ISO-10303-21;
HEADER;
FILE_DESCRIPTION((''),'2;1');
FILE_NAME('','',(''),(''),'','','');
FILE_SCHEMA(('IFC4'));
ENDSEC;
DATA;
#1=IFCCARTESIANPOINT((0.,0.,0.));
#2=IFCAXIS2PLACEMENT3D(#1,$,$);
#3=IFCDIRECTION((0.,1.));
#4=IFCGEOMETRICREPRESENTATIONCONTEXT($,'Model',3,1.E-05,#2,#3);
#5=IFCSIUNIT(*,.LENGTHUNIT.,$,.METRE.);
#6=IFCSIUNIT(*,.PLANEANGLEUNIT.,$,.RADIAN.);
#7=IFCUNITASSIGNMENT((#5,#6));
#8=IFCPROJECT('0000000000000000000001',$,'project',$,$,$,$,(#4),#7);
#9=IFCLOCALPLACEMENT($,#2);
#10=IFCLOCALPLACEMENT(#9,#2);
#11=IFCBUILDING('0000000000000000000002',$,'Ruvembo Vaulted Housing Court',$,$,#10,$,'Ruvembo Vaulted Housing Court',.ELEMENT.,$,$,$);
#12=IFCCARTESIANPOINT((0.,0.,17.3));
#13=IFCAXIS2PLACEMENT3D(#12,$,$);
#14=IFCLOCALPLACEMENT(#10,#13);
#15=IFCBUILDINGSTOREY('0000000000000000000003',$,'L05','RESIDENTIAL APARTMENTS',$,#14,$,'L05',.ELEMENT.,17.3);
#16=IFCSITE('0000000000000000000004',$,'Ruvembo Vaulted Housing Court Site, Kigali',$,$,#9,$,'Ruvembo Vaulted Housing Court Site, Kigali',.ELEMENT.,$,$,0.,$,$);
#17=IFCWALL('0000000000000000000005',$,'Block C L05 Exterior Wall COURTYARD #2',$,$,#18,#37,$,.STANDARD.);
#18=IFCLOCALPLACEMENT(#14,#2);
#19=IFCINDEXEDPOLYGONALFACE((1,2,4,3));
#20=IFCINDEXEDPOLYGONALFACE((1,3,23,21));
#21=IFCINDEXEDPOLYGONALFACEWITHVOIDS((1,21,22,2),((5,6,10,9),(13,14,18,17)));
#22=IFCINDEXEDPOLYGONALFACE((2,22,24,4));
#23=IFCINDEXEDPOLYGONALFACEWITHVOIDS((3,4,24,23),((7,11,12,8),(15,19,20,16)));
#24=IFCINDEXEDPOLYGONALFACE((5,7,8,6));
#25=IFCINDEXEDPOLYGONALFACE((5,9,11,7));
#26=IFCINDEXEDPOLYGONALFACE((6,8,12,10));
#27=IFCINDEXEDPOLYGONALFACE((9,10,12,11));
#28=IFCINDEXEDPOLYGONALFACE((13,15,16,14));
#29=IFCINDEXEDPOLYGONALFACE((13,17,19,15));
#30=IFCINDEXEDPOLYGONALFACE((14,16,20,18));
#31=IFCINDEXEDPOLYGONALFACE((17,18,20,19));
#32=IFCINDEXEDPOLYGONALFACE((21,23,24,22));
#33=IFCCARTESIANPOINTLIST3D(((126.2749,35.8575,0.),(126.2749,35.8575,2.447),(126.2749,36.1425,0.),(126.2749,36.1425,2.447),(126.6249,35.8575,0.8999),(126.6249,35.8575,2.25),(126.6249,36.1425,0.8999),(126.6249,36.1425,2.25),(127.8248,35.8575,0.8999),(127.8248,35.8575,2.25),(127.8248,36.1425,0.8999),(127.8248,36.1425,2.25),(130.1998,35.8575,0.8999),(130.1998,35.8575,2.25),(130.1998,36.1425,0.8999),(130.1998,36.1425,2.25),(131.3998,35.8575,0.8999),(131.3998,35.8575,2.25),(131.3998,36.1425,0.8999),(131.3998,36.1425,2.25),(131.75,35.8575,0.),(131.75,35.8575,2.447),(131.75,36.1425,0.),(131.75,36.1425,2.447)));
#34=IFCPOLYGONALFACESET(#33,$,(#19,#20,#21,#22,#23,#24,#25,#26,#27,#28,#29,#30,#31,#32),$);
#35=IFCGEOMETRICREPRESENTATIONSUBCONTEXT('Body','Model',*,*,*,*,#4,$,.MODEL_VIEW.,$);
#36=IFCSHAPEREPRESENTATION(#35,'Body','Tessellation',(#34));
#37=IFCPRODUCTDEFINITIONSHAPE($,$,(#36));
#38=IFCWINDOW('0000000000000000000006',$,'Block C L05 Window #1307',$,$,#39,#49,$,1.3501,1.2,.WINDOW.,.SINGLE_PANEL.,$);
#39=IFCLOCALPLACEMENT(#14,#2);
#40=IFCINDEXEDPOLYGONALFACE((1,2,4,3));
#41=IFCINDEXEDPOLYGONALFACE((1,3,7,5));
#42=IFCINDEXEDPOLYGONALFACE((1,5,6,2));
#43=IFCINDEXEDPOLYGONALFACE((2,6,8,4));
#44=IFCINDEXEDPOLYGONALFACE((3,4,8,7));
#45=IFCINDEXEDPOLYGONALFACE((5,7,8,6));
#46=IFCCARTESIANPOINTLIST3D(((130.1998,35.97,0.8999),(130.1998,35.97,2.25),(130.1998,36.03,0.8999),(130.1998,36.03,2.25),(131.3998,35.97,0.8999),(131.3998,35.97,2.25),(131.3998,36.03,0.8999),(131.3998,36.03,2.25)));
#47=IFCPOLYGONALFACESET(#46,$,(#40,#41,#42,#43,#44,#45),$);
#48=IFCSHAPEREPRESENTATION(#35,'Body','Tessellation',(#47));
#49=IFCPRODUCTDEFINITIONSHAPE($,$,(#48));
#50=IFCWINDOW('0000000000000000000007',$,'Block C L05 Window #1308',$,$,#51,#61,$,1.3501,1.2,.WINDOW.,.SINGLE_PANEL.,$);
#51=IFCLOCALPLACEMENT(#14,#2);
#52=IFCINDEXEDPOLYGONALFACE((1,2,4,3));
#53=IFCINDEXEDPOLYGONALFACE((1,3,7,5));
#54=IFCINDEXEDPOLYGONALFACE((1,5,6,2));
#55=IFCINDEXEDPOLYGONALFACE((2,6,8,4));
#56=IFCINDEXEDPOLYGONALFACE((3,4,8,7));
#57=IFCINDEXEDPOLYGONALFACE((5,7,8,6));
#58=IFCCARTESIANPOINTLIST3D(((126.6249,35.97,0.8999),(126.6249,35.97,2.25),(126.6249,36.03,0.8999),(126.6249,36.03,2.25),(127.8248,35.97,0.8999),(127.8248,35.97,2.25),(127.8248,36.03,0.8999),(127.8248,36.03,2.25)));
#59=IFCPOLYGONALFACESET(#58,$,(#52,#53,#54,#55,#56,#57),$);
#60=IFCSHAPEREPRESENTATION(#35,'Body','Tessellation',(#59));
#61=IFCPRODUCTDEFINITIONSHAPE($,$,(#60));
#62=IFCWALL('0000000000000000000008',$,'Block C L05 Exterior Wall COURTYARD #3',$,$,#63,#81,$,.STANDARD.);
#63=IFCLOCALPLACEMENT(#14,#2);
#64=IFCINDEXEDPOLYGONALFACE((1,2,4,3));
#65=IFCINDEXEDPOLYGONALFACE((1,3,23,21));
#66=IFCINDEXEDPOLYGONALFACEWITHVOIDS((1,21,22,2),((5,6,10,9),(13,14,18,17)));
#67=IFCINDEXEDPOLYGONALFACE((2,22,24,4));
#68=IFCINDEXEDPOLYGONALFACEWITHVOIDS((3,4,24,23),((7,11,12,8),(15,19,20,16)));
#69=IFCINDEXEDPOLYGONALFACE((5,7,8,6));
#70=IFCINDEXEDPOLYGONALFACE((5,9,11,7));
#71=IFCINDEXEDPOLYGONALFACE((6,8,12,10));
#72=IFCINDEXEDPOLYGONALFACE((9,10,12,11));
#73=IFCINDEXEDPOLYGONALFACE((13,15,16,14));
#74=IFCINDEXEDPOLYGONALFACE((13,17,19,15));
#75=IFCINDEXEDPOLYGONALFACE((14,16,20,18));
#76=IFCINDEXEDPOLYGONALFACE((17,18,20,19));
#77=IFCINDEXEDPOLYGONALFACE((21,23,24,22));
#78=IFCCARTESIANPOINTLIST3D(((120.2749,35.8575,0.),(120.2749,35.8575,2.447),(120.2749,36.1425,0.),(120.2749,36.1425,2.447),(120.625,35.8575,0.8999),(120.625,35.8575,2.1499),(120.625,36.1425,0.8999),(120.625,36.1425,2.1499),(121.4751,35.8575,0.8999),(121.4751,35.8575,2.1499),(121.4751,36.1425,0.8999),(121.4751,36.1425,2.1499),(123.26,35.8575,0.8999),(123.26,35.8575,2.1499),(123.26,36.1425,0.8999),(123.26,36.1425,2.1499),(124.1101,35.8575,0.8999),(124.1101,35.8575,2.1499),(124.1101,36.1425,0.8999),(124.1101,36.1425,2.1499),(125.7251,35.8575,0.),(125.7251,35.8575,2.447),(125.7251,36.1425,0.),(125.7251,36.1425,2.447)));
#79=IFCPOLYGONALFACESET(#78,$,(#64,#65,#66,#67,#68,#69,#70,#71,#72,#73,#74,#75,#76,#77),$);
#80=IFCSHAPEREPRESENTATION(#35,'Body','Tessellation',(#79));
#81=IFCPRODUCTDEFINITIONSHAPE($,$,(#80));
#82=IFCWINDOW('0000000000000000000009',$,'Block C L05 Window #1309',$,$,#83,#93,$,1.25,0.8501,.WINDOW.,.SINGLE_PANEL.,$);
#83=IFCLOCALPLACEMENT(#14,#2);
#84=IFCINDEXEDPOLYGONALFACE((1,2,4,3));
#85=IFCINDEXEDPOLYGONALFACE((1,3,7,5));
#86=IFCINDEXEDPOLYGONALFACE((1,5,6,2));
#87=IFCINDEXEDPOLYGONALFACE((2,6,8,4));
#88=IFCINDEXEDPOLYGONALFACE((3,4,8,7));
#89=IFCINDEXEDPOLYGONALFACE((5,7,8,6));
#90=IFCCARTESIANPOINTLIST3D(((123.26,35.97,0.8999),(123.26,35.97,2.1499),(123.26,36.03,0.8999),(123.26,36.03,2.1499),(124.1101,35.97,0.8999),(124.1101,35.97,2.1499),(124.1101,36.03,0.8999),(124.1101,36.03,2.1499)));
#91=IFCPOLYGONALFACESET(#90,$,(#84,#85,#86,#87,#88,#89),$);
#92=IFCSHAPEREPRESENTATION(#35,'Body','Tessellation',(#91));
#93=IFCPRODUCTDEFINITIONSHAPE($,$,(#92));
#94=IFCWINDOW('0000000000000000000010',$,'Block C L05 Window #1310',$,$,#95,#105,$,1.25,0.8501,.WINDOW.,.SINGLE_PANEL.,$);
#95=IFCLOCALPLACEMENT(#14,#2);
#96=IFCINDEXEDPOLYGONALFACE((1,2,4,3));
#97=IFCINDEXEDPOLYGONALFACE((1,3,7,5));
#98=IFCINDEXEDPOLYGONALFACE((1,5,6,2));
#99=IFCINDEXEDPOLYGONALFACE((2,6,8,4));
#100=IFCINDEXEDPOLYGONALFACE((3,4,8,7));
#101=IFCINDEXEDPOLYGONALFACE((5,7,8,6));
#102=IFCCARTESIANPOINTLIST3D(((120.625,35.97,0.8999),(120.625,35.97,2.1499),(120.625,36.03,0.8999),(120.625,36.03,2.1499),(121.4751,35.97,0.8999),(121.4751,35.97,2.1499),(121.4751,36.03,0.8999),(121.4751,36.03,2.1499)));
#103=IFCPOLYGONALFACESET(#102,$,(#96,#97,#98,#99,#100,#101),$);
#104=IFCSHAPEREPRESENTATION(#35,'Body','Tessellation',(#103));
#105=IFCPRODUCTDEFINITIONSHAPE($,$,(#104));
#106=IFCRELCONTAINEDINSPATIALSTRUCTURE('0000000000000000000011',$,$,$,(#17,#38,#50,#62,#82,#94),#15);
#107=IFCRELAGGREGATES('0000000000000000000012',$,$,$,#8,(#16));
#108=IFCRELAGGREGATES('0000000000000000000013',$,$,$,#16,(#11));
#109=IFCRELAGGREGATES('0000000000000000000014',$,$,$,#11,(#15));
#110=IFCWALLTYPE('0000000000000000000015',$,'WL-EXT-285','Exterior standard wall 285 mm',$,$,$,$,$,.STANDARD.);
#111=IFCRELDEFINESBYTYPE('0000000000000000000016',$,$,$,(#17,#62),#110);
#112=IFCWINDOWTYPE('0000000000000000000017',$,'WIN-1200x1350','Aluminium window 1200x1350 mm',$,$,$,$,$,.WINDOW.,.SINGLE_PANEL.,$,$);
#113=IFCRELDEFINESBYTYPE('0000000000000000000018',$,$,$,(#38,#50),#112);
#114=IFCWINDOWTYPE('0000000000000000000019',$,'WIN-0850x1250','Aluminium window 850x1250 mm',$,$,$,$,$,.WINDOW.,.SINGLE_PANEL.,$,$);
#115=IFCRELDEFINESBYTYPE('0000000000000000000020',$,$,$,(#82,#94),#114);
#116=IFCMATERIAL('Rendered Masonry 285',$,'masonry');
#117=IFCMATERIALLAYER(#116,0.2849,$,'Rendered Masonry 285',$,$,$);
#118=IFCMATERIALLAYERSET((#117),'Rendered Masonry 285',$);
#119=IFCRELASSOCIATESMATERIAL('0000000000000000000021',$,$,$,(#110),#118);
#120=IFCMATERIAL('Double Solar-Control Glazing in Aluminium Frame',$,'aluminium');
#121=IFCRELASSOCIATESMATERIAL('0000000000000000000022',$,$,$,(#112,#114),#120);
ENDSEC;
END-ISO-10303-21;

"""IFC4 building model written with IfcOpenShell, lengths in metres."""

from ifc_helpers import new_model, si_unit, direction, frame, frame_2d, origin, place, context, subcontext, project, spatial, rectangle, extrude, material, layer, layer_set, type_object, element, fill, save


model = new_model("IFC4")

# Units and contexts
model_context = context("Model", 3, precision=1e-05, world=origin(), true_north=direction((0.0, 1.0)))
body_context = subcontext(model_context, "Body", "Model", "MODEL_VIEW")
ifc_project = project(units=[si_unit("LENGTHUNIT", "METRE"), si_unit("PLANEANGLEUNIT", "RADIAN")], contexts=[model_context])

# Site, building, storey
site_placement = place(None, origin())
site = spatial("IfcSite", under=ifc_project, at=site_placement, Name="Ruvembo Vaulted Housing Court Site, Kigali", LongName="Ruvembo Vaulted Housing Court Site, Kigali", CompositionType="ELEMENT", RefElevation=0.0)
building_placement = place(site_placement, origin())
building = spatial("IfcBuilding", under=site, at=building_placement, Name="Ruvembo Vaulted Housing Court", LongName="Ruvembo Vaulted Housing Court", CompositionType="ELEMENT")
storey_placement = place(building_placement, frame((0.0, 0.0, 17.3)))
storey = spatial("IfcBuildingStorey", under=building, at=storey_placement, Name="L05", Description="RESIDENTIAL APARTMENTS", LongName="L05", CompositionType="ELEMENT", Elevation=17.3)

# Walls, openings, windows
ifc_material_1 = material(Name="Rendered Masonry 285", Category="masonry")
ifc_layer_1 = layer(ifc_material_1, 0.2849, Name="Rendered Masonry 285")
ifc_layer_set_1 = layer_set([ifc_layer_1], Name="Rendered Masonry 285")
wall_type_1 = type_object("IfcWallType", Name="WL-EXT-285", Description="Exterior standard wall 285 mm", PredefinedType="STANDARD", material=ifc_layer_set_1)
ifc_material_2 = material(Name="Double Solar-Control Glazing in Aluminium Frame", Category="aluminium")
wall_1_placement = place(storey_placement, frame((131.75, 36.0, 0.0), z_axis=(0.0, 0.0, 1.0), x_axis=(-1.0, 0.0, 0.0)))
wall_1 = element("IfcWall", 1, at=wall_1_placement, inside=storey, type_object=wall_type_1, Name="Block C L05 Exterior Wall COURTYARD #2", PredefinedType="STANDARD", context=body_context, shape_type="SweptSolid", body=[
    extrude(rectangle(XDim=5.4751, YDim=0.2849, at=frame_2d((2.7375, 0.0))), origin(), (0.0, 0.0, 1.0), 2.447),
])
opening_1_placement = place(wall_1_placement, frame((0.3501, 0.0, 0.8999)))
opening_1 = element("IfcOpeningElement", 2, at=opening_1_placement, cuts=wall_1, PredefinedType="OPENING", context=body_context, shape_type="SweptSolid", body=[
    extrude(rectangle(XDim=1.2, YDim=1.3501, at=frame_2d((0.6001, 0.675))), frame((0.0, 0.1523, 0.0), z_axis=(0.0, -1.0, 0.0), x_axis=(1.0, 0.0, 0.0)), (0.0, 0.0, 1.0), 0.3049),
])
opening_2_placement = place(wall_1_placement, frame((3.925, 0.0, 0.8999)))
opening_2 = element("IfcOpeningElement", 3, at=opening_2_placement, cuts=wall_1, PredefinedType="OPENING", context=body_context, shape_type="SweptSolid", body=[
    extrude(rectangle(XDim=1.2, YDim=1.3501, at=frame_2d((0.6001, 0.675))), frame((0.0, 0.1523, 0.0), z_axis=(0.0, -1.0, 0.0), x_axis=(1.0, 0.0, 0.0)), (0.0, 0.0, 1.0), 0.3049),
])
window_type_1 = type_object("IfcWindowType", Name="WIN-1200x1350", Description="Aluminium window 1200x1350 mm", PartitioningType="SINGLE_PANEL", PredefinedType="WINDOW", material=ifc_material_2)
window_1_placement = place(opening_1_placement, origin())
window_1 = element("IfcWindow", 4, at=window_1_placement, inside=storey, type_object=window_type_1, Name="Block C L05 Window #1307", OverallHeight=1.3501, OverallWidth=1.2, PartitioningType="SINGLE_PANEL", PredefinedType="WINDOW", context=body_context, shape_type="SweptSolid", body=[
    extrude(rectangle(XDim=1.2, YDim=1.3501, at=frame_2d((0.6001, 0.675))), frame((0.0, 0.03, 0.0), z_axis=(0.0, -1.0, 0.0), x_axis=(1.0, 0.0, 0.0)), (0.0, 0.0, 1.0), 0.0601),
])
fill(opening_1, window_1)
window_2_placement = place(opening_2_placement, origin())
window_2 = element("IfcWindow", 5, at=window_2_placement, inside=storey, type_object=window_type_1, Name="Block C L05 Window #1308", OverallHeight=1.3501, OverallWidth=1.2, PartitioningType="SINGLE_PANEL", PredefinedType="WINDOW", context=body_context, shape_type="SweptSolid", body=[
    extrude(rectangle(XDim=1.2, YDim=1.3501, at=frame_2d((0.6001, 0.675))), frame((0.0, 0.03, 0.0), z_axis=(0.0, -1.0, 0.0), x_axis=(1.0, 0.0, 0.0)), (0.0, 0.0, 1.0), 0.0601),
])
fill(opening_2, window_2)
wall_2_placement = place(storey_placement, frame((125.7251, 36.0, 0.0), z_axis=(0.0, 0.0, 1.0), x_axis=(-1.0, 0.0, 0.0)))
wall_2 = element("IfcWall", 6, at=wall_2_placement, inside=storey, type_object=wall_type_1, Name="Block C L05 Exterior Wall COURTYARD #3", PredefinedType="STANDARD", context=body_context, shape_type="SweptSolid", body=[
    extrude(rectangle(XDim=5.4502, YDim=0.2849, at=frame_2d((2.7251, 0.0))), origin(), (0.0, 0.0, 1.0), 2.447),
])
opening_3_placement = place(wall_2_placement, frame((1.615, 0.0, 0.8999)))
opening_3 = element("IfcOpeningElement", 7, at=opening_3_placement, cuts=wall_2, PredefinedType="OPENING", context=body_context, shape_type="SweptSolid", body=[
    extrude(rectangle(XDim=0.8501, YDim=1.25, at=frame_2d((0.425, 0.625))), frame((0.0, 0.1523, 0.0), z_axis=(0.0, -1.0, 0.0), x_axis=(1.0, 0.0, 0.0)), (0.0, 0.0, 1.0), 0.3049),
])
opening_4_placement = place(wall_2_placement, frame((4.25, 0.0, 0.8999)))
opening_4 = element("IfcOpeningElement", 8, at=opening_4_placement, cuts=wall_2, PredefinedType="OPENING", context=body_context, shape_type="SweptSolid", body=[
    extrude(rectangle(XDim=0.8501, YDim=1.25, at=frame_2d((0.425, 0.625))), frame((0.0, 0.1523, 0.0), z_axis=(0.0, -1.0, 0.0), x_axis=(1.0, 0.0, 0.0)), (0.0, 0.0, 1.0), 0.3049),
])
window_type_2 = type_object("IfcWindowType", Name="WIN-0850x1250", Description="Aluminium window 850x1250 mm", PartitioningType="SINGLE_PANEL", PredefinedType="WINDOW", material=ifc_material_2)
window_3_placement = place(opening_3_placement, origin())
window_3 = element("IfcWindow", 9, at=window_3_placement, inside=storey, type_object=window_type_2, Name="Block C L05 Window #1309", OverallHeight=1.25, OverallWidth=0.8501, PartitioningType="SINGLE_PANEL", PredefinedType="WINDOW", context=body_context, shape_type="SweptSolid", body=[
    extrude(rectangle(XDim=0.8501, YDim=1.25, at=frame_2d((0.425, 0.625))), frame((0.0, 0.03, 0.0), z_axis=(0.0, -1.0, 0.0), x_axis=(1.0, 0.0, 0.0)), (0.0, 0.0, 1.0), 0.0601),
])
fill(opening_3, window_3)
window_4_placement = place(opening_4_placement, origin())
window_4 = element("IfcWindow", 10, at=window_4_placement, inside=storey, type_object=window_type_2, Name="Block C L05 Window #1310", OverallHeight=1.25, OverallWidth=0.8501, PartitioningType="SINGLE_PANEL", PredefinedType="WINDOW", context=body_context, shape_type="SweptSolid", body=[
    extrude(rectangle(XDim=0.8501, YDim=1.25, at=frame_2d((0.425, 0.625))), frame((0.0, 0.03, 0.0), z_axis=(0.0, -1.0, 0.0), x_axis=(1.0, 0.0, 0.0)), (0.0, 0.0, 1.0), 0.0601),
])
fill(opening_4, window_4)

save(model, "model.ifc")
